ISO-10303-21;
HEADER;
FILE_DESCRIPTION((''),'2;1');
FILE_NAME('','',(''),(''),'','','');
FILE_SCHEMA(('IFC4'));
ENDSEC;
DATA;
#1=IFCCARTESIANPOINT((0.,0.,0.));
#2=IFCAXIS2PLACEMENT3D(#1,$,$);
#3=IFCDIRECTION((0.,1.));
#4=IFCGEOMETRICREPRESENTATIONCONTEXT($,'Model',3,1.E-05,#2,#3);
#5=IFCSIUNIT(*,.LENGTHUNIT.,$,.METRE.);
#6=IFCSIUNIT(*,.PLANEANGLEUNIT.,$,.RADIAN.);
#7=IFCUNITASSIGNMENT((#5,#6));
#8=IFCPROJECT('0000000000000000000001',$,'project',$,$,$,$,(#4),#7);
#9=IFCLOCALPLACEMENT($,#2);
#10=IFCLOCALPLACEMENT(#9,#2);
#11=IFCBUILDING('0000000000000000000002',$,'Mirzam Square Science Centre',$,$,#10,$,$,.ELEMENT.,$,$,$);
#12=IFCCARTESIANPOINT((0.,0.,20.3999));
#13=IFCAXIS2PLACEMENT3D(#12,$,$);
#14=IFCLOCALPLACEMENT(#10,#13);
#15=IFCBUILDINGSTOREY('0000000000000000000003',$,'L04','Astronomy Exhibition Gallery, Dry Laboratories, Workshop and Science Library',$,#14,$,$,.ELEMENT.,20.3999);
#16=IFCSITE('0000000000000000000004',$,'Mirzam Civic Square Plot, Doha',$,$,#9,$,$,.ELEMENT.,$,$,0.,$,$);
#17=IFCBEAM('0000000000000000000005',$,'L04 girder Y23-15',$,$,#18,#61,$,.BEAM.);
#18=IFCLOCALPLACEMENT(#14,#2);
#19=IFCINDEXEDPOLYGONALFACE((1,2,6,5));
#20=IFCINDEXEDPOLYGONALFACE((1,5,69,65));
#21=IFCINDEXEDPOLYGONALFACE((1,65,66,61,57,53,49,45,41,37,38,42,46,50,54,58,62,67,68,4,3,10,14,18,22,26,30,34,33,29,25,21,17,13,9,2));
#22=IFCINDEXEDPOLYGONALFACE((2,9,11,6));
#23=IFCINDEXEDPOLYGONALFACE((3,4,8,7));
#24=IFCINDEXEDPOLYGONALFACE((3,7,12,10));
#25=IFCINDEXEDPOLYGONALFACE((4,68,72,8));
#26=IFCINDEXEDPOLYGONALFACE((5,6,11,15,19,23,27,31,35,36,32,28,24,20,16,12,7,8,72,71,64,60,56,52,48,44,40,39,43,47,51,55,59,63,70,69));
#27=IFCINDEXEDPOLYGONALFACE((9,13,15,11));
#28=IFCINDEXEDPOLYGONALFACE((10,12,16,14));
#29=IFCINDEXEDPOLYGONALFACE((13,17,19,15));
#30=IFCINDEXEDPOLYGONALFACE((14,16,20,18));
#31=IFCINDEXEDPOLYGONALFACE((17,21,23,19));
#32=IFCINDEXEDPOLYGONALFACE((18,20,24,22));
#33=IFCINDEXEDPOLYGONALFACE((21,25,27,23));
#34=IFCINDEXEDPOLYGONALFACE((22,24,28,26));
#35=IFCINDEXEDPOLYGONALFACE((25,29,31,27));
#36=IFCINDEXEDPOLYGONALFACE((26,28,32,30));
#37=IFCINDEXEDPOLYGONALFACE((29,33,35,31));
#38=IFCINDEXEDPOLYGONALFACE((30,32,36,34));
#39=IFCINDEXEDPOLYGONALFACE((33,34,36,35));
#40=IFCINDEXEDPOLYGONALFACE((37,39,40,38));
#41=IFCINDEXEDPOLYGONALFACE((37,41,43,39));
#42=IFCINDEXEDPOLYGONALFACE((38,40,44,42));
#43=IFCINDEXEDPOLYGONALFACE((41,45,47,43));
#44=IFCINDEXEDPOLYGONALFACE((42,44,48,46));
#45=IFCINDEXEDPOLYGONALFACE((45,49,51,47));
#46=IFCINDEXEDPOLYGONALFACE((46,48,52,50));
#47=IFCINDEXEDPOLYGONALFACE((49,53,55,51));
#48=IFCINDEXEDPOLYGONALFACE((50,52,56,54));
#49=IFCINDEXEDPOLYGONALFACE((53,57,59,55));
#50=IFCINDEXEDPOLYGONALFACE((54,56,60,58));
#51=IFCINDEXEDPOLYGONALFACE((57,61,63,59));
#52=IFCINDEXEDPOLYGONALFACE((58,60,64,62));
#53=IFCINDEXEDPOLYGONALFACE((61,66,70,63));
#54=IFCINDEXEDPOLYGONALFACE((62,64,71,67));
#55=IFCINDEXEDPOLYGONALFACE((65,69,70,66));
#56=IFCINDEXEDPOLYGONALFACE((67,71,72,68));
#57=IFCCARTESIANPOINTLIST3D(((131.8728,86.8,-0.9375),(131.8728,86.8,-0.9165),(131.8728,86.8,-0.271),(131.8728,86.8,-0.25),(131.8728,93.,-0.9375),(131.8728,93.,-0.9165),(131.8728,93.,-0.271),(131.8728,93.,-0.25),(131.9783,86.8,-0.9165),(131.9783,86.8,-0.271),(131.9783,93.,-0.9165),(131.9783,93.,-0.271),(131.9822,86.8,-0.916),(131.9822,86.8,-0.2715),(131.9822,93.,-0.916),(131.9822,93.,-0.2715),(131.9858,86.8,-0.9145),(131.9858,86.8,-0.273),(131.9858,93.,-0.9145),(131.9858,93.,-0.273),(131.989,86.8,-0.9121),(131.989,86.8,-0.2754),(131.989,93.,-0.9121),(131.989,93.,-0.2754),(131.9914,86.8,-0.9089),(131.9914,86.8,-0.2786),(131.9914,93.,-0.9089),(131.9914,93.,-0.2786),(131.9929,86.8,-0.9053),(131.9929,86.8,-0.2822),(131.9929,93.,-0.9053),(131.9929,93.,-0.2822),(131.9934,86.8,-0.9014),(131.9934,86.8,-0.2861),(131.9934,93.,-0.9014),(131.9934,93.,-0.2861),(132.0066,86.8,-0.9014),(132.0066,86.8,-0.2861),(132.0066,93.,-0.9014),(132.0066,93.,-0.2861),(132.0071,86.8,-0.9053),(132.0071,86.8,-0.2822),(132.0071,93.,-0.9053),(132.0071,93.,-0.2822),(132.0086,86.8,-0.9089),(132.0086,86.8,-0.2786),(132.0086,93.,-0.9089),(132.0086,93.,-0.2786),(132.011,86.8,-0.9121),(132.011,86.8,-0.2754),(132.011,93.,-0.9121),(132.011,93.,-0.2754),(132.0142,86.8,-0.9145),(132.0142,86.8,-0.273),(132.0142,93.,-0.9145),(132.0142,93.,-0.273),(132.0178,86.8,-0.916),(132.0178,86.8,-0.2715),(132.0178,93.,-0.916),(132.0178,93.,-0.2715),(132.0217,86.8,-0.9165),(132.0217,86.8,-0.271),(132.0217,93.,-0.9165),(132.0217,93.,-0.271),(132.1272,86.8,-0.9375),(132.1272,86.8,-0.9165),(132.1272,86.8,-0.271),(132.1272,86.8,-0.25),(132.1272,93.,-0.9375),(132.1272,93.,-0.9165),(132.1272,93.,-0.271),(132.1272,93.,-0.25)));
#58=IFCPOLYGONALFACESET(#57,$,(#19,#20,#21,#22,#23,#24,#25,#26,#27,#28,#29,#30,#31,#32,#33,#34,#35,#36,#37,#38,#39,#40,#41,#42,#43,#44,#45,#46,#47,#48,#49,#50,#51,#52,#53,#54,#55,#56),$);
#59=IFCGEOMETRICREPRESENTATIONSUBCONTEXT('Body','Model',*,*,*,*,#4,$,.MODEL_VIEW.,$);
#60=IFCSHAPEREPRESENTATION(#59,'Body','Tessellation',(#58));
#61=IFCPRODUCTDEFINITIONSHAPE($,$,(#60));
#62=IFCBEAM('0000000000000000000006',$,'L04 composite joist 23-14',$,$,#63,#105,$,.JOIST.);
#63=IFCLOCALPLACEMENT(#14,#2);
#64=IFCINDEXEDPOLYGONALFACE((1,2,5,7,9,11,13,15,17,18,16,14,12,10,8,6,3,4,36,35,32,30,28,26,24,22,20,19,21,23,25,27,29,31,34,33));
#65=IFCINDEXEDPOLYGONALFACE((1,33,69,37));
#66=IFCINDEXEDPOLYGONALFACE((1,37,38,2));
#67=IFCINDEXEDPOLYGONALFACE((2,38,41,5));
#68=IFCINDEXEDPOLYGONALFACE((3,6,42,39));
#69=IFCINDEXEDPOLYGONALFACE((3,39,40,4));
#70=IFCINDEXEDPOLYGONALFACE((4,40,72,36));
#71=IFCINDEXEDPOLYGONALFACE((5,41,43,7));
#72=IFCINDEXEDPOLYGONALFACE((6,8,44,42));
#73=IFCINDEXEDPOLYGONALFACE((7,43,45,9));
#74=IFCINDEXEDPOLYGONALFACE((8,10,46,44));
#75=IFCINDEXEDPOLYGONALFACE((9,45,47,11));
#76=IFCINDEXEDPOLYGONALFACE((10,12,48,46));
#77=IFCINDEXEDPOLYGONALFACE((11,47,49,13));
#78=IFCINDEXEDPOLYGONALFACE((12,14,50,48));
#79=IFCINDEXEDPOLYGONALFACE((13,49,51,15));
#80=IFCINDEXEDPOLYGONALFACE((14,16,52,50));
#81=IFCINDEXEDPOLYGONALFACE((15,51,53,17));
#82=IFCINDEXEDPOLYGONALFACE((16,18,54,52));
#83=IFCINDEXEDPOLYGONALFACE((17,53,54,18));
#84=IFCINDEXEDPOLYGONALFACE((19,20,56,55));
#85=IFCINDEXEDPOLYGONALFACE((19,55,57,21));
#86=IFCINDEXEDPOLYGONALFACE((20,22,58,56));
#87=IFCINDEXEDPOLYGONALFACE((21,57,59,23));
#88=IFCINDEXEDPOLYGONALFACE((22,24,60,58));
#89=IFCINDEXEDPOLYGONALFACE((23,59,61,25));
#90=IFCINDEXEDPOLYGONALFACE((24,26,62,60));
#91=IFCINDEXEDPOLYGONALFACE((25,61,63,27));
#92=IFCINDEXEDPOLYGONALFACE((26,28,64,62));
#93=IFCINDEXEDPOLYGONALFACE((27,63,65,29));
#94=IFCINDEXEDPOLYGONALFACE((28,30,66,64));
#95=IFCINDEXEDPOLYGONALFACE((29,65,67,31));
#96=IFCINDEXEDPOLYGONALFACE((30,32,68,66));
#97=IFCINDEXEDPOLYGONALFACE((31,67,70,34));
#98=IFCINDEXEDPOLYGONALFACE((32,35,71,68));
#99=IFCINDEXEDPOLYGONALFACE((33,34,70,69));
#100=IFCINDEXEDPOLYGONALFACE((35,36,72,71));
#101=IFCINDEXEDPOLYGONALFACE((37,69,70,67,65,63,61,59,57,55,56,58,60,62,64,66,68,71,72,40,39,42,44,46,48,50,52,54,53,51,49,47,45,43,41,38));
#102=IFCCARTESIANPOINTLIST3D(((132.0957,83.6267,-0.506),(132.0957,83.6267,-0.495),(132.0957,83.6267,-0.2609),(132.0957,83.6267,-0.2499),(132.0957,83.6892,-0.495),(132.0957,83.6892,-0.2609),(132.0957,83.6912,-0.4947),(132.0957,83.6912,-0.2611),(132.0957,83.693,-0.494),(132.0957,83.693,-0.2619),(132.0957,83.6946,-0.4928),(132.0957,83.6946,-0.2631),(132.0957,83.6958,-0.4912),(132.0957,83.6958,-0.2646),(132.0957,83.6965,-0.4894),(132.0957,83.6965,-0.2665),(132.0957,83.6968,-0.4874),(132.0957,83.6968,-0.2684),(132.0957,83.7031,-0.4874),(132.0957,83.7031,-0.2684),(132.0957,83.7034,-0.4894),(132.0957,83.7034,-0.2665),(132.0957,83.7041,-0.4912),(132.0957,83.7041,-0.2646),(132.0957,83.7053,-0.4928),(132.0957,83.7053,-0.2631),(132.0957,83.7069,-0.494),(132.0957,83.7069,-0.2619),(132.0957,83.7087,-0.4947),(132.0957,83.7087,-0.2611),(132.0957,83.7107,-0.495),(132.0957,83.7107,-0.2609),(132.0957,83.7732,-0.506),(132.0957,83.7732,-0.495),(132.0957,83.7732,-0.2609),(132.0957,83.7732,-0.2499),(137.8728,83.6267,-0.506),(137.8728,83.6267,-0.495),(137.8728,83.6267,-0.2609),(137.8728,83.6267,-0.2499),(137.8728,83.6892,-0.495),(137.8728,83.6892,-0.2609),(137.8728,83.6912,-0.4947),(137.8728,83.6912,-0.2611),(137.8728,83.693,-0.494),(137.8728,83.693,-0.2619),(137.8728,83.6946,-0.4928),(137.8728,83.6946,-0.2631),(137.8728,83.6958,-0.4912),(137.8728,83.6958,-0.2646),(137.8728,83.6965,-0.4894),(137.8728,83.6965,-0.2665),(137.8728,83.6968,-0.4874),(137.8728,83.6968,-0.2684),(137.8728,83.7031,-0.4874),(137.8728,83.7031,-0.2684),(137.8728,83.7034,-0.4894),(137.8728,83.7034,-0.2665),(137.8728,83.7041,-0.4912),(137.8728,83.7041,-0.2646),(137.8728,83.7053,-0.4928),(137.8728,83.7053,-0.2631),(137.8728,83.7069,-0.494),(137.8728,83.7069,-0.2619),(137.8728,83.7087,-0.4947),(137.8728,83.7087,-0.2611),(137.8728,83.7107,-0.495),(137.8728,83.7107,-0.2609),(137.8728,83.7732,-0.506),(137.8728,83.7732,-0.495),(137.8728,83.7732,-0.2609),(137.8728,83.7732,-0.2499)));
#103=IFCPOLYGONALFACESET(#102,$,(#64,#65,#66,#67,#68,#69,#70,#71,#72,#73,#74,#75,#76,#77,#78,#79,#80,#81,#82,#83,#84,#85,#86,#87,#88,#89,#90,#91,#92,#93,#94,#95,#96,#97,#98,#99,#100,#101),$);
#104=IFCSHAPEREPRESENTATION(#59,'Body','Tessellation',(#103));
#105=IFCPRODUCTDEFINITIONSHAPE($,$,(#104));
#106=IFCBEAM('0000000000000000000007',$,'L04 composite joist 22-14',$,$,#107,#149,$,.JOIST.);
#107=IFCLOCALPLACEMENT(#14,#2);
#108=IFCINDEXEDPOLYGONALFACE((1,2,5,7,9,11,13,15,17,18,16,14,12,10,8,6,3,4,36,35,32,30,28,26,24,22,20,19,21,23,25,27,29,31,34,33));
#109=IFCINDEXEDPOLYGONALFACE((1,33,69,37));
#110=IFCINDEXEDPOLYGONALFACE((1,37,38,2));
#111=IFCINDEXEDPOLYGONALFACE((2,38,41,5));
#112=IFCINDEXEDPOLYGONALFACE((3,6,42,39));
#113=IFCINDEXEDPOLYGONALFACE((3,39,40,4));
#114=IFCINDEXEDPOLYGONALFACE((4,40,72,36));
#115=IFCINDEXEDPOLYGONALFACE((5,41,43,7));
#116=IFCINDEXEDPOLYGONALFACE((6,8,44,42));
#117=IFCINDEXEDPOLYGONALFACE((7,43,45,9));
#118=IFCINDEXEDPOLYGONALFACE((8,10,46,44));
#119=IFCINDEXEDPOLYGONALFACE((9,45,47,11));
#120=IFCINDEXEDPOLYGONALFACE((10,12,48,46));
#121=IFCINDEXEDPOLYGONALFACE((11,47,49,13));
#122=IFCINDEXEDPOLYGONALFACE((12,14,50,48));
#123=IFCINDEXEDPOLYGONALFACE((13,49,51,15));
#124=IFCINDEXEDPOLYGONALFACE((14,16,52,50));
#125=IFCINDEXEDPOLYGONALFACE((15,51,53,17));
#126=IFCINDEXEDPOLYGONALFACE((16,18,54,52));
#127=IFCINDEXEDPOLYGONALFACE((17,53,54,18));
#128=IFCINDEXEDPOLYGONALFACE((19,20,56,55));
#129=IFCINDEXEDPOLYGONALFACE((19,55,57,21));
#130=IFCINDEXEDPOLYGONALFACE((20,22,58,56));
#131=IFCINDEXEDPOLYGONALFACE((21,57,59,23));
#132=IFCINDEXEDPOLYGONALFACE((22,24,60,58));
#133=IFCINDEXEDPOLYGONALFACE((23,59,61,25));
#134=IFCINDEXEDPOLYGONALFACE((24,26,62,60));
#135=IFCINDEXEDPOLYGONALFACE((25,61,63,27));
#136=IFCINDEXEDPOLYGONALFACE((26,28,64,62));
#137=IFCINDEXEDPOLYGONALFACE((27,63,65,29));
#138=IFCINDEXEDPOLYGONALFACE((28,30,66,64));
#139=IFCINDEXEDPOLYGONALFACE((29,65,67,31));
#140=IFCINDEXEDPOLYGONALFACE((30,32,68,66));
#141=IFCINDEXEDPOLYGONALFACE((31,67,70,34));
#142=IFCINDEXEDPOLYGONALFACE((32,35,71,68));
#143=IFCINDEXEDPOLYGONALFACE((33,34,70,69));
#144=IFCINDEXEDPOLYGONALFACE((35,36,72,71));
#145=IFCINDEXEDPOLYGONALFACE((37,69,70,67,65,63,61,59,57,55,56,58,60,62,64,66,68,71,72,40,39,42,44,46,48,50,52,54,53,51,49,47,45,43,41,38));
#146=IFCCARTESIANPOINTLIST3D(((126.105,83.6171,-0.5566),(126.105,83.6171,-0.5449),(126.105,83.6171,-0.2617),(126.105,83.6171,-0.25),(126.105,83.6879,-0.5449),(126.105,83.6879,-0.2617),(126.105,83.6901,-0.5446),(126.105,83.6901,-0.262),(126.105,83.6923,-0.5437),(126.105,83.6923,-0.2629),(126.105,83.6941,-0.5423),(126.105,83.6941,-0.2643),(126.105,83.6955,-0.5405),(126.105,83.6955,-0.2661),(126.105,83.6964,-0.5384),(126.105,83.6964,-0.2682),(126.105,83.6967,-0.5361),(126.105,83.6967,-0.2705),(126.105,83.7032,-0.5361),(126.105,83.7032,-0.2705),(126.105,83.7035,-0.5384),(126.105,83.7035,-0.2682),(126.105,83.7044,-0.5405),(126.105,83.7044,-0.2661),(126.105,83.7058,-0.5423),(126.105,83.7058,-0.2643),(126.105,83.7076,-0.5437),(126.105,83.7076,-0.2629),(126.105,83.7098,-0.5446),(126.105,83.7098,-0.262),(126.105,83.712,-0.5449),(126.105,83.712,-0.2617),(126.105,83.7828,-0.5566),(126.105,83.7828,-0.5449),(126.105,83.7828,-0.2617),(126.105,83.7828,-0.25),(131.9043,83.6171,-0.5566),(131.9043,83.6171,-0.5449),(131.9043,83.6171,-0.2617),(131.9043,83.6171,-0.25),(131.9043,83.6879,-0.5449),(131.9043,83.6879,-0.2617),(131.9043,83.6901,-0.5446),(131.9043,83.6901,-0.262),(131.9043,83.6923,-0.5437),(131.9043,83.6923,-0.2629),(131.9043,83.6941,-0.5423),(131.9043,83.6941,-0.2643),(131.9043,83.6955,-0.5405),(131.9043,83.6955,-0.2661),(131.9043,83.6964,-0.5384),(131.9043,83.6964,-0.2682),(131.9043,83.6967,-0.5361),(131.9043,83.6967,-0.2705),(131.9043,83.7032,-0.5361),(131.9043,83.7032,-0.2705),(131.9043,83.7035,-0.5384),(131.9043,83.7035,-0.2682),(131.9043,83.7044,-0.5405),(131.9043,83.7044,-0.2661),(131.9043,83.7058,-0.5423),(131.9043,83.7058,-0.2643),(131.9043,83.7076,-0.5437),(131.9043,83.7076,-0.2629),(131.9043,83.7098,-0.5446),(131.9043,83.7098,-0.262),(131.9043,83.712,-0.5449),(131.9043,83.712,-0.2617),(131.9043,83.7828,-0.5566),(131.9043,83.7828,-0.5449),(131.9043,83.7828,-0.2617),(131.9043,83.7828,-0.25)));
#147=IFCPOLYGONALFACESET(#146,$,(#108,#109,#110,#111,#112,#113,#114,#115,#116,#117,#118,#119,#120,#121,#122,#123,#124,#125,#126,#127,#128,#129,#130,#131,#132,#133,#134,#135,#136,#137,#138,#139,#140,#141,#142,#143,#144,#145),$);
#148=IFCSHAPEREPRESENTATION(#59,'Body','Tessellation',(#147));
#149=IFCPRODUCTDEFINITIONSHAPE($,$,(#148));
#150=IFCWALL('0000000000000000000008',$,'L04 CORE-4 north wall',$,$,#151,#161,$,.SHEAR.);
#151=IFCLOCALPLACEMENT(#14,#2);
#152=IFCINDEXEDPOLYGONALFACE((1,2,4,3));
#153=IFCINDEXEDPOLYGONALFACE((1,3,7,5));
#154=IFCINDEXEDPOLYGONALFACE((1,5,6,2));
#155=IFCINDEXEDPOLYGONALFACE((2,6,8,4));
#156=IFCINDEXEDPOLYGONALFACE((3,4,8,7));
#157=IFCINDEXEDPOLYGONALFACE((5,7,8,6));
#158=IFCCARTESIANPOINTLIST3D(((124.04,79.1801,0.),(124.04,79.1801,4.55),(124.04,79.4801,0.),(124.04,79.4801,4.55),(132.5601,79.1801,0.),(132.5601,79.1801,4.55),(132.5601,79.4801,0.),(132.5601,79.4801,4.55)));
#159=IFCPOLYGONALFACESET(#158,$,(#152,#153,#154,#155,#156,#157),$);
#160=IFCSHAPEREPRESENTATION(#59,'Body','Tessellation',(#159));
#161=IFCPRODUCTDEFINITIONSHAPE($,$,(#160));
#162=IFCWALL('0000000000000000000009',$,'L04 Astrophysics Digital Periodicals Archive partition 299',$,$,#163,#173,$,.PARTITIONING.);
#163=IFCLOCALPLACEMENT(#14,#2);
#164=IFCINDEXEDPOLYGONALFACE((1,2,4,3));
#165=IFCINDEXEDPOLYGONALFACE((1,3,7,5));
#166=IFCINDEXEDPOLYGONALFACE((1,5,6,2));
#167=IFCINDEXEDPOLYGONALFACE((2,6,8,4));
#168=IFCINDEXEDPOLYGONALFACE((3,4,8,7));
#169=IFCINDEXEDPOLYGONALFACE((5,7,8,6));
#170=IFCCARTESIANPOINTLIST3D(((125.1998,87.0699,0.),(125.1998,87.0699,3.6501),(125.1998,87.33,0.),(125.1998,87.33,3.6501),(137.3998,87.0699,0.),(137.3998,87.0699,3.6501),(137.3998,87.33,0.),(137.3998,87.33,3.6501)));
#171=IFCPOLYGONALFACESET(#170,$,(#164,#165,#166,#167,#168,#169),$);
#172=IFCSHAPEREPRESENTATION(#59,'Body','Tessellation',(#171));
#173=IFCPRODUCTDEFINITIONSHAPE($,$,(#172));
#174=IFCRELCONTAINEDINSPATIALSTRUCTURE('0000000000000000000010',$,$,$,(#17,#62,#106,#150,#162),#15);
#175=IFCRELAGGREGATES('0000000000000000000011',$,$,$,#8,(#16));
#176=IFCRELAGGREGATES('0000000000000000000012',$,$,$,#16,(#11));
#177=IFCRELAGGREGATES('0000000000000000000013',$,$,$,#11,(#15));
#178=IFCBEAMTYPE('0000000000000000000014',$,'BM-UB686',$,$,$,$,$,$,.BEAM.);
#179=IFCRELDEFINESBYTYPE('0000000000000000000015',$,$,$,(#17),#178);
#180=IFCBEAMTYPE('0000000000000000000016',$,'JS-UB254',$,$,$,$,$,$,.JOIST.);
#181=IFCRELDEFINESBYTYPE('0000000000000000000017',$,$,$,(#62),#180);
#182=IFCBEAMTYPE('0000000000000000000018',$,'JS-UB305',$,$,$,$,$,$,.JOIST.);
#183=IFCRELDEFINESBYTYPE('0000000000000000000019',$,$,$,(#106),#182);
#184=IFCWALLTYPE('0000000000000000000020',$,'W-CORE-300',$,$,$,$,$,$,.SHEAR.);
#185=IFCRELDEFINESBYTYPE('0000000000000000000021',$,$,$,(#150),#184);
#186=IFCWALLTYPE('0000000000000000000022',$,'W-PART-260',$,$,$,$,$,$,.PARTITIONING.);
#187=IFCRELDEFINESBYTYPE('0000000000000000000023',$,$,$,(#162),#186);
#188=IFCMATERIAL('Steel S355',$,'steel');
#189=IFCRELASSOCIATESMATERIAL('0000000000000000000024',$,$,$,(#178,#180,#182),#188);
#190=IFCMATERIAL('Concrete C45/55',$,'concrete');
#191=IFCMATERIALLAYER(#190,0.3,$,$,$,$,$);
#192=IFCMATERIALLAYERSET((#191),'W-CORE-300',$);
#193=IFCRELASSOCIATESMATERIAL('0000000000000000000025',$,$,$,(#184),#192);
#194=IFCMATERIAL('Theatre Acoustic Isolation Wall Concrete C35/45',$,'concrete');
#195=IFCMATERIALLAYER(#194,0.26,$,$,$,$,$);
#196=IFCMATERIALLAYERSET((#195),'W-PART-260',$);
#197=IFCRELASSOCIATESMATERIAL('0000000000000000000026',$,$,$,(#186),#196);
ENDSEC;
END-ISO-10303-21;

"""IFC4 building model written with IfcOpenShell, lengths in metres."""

from ifc_helpers import new_model, si_unit, direction, frame, frame_2d, origin, origin_2d, place, context, subcontext, project, spatial, rectangle, i_section, extrude, material, layer, layer_set, material_profile, profile_set, type_object, element, save


model = new_model("IFC4")

# Units and contexts
model_context = context("Model", 3, precision=1e-05, world=origin(), true_north=direction((0.0, 1.0)))
body_context = subcontext(model_context, "Body", "Model", "MODEL_VIEW")
ifc_project = project(units=[si_unit("LENGTHUNIT", "METRE"), si_unit("PLANEANGLEUNIT", "RADIAN")], contexts=[model_context])

# Site, building, storey
site_placement = place(None, origin())
site = spatial("IfcSite", under=ifc_project, at=site_placement, Name="Mirzam Civic Square Plot, Doha", CompositionType="ELEMENT", RefElevation=0.0)
building_placement = place(site_placement, origin())
building = spatial("IfcBuilding", under=site, at=building_placement, Name="Mirzam Square Science Centre", CompositionType="ELEMENT")
storey_placement = place(building_placement, frame((0.0, 0.0, 20.3999)))
storey = spatial("IfcBuildingStorey", under=building, at=storey_placement, Name="L04", Description="Astronomy Exhibition Gallery, Dry Laboratories, Workshop and Science Library", CompositionType="ELEMENT", Elevation=20.3999)

# Shared definitions
ifc_material_1 = material(Name="Steel S355", Category="steel")

# Beams
ifc_material_profile_1 = material_profile(ifc_material_1, i_section(OverallWidth=0.2544, OverallDepth=0.6875, WebThickness=0.0132, FlangeThickness=0.021, FilletRadius=0.0151, at=origin_2d()), Name="686x254x152UB")
ifc_profile_set_1 = profile_set([ifc_material_profile_1], Name="Steel S355")
beam_type_1 = type_object("IfcBeamType", Name="BM-UB686", PredefinedType="BEAM", material=ifc_profile_set_1)
beam_1_placement = place(storey_placement, frame((132.0, 86.8, -0.5938), z_axis=(0.0, 1.0, 0.0), x_axis=(-1.0, 0.0, 0.0)))
element("IfcBeam", 1, at=beam_1_placement, inside=storey, type_object=beam_type_1, Name="L04 girder Y23-15", PredefinedType="BEAM", context=body_context, shape_type="SweptSolid", body=[
    extrude(i_section(OverallWidth=0.2544, OverallDepth=0.6875, WebThickness=0.0132, FlangeThickness=0.021, FilletRadius=0.0151, at=origin_2d()), origin(), (0.0, 0.0, 1.0), 6.2),
])
ifc_material_profile_2 = material_profile(ifc_material_1, i_section(OverallWidth=0.1465, OverallDepth=0.2561, WebThickness=0.0063, FlangeThickness=0.011, FilletRadius=0.0076, at=origin_2d()), Name="254x146x37UB")
ifc_profile_set_2 = profile_set([ifc_material_profile_2], Name="Steel S355")
beam_type_2 = type_object("IfcBeamType", Name="JS-UB254", PredefinedType="JOIST", material=ifc_profile_set_2)
beam_2_placement = place(storey_placement, frame((132.0957, 83.7, -0.3779), z_axis=(1.0, 0.0, 0.0), x_axis=(0.0, 1.0, 0.0)))
element("IfcBeam", 2, at=beam_2_placement, inside=storey, type_object=beam_type_2, Name="L04 composite joist 23-14", PredefinedType="JOIST", context=body_context, shape_type="SweptSolid", body=[
    extrude(i_section(OverallWidth=0.1465, OverallDepth=0.2561, WebThickness=0.0063, FlangeThickness=0.011, FilletRadius=0.0076, at=origin_2d()), origin(), (0.0, 0.0, 1.0), 5.7771),
])
ifc_material_profile_3 = material_profile(ifc_material_1, i_section(OverallWidth=0.1658, OverallDepth=0.3066, WebThickness=0.0066, FlangeThickness=0.0117, FilletRadius=0.0088, at=origin_2d()), Name="305x165x46UB")
ifc_profile_set_3 = profile_set([ifc_material_profile_3], Name="Steel S355")
beam_type_3 = type_object("IfcBeamType", Name="JS-UB305", PredefinedType="JOIST", material=ifc_profile_set_3)
beam_3_placement = place(storey_placement, frame((126.105, 83.7, -0.4033), z_axis=(1.0, 0.0, 0.0), x_axis=(0.0, 1.0, 0.0)))
element("IfcBeam", 3, at=beam_3_placement, inside=storey, type_object=beam_type_3, Name="L04 composite joist 22-14", PredefinedType="JOIST", context=body_context, shape_type="SweptSolid", body=[
    extrude(i_section(OverallWidth=0.1658, OverallDepth=0.3066, WebThickness=0.0066, FlangeThickness=0.0117, FilletRadius=0.0088, at=origin_2d()), origin(), (0.0, 0.0, 1.0), 5.7993),
])

# Walls
ifc_material_2 = material(Name="Concrete C45/55", Category="concrete")
ifc_layer_1 = layer(ifc_material_2, 0.3)
ifc_layer_set_1 = layer_set([ifc_layer_1], Name="W-CORE-300")
wall_type_1 = type_object("IfcWallType", Name="W-CORE-300", PredefinedType="SHEAR", material=ifc_layer_set_1)
wall_1_placement = place(storey_placement, frame((132.5601, 79.3301, 0.0), z_axis=(0.0, 0.0, 1.0), x_axis=(-1.0, 0.0, 0.0)))
element("IfcWall", 4, at=wall_1_placement, inside=storey, type_object=wall_type_1, Name="L04 CORE-4 north wall", PredefinedType="SHEAR", context=body_context, shape_type="SweptSolid", body=[
    extrude(rectangle(XDim=8.52, YDim=0.3, at=frame_2d((4.26, 0.0))), origin(), (0.0, 0.0, 1.0), 4.55),
])
ifc_material_3 = material(Name="Theatre Acoustic Isolation Wall Concrete C35/45", Category="concrete")
ifc_layer_2 = layer(ifc_material_3, 0.26)
ifc_layer_set_2 = layer_set([ifc_layer_2], Name="W-PART-260")
wall_type_2 = type_object("IfcWallType", Name="W-PART-260", PredefinedType="PARTITIONING", material=ifc_layer_set_2)
wall_2_placement = place(storey_placement, frame((137.3999, 87.2, 0.0), z_axis=(0.0, 0.0, 1.0), x_axis=(-1.0, 0.0, 0.0)))
element("IfcWall", 5, at=wall_2_placement, inside=storey, type_object=wall_type_2, Name="L04 Astrophysics Digital Periodicals Archive partition 299", PredefinedType="PARTITIONING", context=body_context, shape_type="SweptSolid", body=[
    extrude(rectangle(XDim=12.2, YDim=0.26, at=frame_2d((6.1001, 0.0))), origin(), (0.0, 0.0, 1.0), 3.6501),
])

save(model, "model.ifc")
